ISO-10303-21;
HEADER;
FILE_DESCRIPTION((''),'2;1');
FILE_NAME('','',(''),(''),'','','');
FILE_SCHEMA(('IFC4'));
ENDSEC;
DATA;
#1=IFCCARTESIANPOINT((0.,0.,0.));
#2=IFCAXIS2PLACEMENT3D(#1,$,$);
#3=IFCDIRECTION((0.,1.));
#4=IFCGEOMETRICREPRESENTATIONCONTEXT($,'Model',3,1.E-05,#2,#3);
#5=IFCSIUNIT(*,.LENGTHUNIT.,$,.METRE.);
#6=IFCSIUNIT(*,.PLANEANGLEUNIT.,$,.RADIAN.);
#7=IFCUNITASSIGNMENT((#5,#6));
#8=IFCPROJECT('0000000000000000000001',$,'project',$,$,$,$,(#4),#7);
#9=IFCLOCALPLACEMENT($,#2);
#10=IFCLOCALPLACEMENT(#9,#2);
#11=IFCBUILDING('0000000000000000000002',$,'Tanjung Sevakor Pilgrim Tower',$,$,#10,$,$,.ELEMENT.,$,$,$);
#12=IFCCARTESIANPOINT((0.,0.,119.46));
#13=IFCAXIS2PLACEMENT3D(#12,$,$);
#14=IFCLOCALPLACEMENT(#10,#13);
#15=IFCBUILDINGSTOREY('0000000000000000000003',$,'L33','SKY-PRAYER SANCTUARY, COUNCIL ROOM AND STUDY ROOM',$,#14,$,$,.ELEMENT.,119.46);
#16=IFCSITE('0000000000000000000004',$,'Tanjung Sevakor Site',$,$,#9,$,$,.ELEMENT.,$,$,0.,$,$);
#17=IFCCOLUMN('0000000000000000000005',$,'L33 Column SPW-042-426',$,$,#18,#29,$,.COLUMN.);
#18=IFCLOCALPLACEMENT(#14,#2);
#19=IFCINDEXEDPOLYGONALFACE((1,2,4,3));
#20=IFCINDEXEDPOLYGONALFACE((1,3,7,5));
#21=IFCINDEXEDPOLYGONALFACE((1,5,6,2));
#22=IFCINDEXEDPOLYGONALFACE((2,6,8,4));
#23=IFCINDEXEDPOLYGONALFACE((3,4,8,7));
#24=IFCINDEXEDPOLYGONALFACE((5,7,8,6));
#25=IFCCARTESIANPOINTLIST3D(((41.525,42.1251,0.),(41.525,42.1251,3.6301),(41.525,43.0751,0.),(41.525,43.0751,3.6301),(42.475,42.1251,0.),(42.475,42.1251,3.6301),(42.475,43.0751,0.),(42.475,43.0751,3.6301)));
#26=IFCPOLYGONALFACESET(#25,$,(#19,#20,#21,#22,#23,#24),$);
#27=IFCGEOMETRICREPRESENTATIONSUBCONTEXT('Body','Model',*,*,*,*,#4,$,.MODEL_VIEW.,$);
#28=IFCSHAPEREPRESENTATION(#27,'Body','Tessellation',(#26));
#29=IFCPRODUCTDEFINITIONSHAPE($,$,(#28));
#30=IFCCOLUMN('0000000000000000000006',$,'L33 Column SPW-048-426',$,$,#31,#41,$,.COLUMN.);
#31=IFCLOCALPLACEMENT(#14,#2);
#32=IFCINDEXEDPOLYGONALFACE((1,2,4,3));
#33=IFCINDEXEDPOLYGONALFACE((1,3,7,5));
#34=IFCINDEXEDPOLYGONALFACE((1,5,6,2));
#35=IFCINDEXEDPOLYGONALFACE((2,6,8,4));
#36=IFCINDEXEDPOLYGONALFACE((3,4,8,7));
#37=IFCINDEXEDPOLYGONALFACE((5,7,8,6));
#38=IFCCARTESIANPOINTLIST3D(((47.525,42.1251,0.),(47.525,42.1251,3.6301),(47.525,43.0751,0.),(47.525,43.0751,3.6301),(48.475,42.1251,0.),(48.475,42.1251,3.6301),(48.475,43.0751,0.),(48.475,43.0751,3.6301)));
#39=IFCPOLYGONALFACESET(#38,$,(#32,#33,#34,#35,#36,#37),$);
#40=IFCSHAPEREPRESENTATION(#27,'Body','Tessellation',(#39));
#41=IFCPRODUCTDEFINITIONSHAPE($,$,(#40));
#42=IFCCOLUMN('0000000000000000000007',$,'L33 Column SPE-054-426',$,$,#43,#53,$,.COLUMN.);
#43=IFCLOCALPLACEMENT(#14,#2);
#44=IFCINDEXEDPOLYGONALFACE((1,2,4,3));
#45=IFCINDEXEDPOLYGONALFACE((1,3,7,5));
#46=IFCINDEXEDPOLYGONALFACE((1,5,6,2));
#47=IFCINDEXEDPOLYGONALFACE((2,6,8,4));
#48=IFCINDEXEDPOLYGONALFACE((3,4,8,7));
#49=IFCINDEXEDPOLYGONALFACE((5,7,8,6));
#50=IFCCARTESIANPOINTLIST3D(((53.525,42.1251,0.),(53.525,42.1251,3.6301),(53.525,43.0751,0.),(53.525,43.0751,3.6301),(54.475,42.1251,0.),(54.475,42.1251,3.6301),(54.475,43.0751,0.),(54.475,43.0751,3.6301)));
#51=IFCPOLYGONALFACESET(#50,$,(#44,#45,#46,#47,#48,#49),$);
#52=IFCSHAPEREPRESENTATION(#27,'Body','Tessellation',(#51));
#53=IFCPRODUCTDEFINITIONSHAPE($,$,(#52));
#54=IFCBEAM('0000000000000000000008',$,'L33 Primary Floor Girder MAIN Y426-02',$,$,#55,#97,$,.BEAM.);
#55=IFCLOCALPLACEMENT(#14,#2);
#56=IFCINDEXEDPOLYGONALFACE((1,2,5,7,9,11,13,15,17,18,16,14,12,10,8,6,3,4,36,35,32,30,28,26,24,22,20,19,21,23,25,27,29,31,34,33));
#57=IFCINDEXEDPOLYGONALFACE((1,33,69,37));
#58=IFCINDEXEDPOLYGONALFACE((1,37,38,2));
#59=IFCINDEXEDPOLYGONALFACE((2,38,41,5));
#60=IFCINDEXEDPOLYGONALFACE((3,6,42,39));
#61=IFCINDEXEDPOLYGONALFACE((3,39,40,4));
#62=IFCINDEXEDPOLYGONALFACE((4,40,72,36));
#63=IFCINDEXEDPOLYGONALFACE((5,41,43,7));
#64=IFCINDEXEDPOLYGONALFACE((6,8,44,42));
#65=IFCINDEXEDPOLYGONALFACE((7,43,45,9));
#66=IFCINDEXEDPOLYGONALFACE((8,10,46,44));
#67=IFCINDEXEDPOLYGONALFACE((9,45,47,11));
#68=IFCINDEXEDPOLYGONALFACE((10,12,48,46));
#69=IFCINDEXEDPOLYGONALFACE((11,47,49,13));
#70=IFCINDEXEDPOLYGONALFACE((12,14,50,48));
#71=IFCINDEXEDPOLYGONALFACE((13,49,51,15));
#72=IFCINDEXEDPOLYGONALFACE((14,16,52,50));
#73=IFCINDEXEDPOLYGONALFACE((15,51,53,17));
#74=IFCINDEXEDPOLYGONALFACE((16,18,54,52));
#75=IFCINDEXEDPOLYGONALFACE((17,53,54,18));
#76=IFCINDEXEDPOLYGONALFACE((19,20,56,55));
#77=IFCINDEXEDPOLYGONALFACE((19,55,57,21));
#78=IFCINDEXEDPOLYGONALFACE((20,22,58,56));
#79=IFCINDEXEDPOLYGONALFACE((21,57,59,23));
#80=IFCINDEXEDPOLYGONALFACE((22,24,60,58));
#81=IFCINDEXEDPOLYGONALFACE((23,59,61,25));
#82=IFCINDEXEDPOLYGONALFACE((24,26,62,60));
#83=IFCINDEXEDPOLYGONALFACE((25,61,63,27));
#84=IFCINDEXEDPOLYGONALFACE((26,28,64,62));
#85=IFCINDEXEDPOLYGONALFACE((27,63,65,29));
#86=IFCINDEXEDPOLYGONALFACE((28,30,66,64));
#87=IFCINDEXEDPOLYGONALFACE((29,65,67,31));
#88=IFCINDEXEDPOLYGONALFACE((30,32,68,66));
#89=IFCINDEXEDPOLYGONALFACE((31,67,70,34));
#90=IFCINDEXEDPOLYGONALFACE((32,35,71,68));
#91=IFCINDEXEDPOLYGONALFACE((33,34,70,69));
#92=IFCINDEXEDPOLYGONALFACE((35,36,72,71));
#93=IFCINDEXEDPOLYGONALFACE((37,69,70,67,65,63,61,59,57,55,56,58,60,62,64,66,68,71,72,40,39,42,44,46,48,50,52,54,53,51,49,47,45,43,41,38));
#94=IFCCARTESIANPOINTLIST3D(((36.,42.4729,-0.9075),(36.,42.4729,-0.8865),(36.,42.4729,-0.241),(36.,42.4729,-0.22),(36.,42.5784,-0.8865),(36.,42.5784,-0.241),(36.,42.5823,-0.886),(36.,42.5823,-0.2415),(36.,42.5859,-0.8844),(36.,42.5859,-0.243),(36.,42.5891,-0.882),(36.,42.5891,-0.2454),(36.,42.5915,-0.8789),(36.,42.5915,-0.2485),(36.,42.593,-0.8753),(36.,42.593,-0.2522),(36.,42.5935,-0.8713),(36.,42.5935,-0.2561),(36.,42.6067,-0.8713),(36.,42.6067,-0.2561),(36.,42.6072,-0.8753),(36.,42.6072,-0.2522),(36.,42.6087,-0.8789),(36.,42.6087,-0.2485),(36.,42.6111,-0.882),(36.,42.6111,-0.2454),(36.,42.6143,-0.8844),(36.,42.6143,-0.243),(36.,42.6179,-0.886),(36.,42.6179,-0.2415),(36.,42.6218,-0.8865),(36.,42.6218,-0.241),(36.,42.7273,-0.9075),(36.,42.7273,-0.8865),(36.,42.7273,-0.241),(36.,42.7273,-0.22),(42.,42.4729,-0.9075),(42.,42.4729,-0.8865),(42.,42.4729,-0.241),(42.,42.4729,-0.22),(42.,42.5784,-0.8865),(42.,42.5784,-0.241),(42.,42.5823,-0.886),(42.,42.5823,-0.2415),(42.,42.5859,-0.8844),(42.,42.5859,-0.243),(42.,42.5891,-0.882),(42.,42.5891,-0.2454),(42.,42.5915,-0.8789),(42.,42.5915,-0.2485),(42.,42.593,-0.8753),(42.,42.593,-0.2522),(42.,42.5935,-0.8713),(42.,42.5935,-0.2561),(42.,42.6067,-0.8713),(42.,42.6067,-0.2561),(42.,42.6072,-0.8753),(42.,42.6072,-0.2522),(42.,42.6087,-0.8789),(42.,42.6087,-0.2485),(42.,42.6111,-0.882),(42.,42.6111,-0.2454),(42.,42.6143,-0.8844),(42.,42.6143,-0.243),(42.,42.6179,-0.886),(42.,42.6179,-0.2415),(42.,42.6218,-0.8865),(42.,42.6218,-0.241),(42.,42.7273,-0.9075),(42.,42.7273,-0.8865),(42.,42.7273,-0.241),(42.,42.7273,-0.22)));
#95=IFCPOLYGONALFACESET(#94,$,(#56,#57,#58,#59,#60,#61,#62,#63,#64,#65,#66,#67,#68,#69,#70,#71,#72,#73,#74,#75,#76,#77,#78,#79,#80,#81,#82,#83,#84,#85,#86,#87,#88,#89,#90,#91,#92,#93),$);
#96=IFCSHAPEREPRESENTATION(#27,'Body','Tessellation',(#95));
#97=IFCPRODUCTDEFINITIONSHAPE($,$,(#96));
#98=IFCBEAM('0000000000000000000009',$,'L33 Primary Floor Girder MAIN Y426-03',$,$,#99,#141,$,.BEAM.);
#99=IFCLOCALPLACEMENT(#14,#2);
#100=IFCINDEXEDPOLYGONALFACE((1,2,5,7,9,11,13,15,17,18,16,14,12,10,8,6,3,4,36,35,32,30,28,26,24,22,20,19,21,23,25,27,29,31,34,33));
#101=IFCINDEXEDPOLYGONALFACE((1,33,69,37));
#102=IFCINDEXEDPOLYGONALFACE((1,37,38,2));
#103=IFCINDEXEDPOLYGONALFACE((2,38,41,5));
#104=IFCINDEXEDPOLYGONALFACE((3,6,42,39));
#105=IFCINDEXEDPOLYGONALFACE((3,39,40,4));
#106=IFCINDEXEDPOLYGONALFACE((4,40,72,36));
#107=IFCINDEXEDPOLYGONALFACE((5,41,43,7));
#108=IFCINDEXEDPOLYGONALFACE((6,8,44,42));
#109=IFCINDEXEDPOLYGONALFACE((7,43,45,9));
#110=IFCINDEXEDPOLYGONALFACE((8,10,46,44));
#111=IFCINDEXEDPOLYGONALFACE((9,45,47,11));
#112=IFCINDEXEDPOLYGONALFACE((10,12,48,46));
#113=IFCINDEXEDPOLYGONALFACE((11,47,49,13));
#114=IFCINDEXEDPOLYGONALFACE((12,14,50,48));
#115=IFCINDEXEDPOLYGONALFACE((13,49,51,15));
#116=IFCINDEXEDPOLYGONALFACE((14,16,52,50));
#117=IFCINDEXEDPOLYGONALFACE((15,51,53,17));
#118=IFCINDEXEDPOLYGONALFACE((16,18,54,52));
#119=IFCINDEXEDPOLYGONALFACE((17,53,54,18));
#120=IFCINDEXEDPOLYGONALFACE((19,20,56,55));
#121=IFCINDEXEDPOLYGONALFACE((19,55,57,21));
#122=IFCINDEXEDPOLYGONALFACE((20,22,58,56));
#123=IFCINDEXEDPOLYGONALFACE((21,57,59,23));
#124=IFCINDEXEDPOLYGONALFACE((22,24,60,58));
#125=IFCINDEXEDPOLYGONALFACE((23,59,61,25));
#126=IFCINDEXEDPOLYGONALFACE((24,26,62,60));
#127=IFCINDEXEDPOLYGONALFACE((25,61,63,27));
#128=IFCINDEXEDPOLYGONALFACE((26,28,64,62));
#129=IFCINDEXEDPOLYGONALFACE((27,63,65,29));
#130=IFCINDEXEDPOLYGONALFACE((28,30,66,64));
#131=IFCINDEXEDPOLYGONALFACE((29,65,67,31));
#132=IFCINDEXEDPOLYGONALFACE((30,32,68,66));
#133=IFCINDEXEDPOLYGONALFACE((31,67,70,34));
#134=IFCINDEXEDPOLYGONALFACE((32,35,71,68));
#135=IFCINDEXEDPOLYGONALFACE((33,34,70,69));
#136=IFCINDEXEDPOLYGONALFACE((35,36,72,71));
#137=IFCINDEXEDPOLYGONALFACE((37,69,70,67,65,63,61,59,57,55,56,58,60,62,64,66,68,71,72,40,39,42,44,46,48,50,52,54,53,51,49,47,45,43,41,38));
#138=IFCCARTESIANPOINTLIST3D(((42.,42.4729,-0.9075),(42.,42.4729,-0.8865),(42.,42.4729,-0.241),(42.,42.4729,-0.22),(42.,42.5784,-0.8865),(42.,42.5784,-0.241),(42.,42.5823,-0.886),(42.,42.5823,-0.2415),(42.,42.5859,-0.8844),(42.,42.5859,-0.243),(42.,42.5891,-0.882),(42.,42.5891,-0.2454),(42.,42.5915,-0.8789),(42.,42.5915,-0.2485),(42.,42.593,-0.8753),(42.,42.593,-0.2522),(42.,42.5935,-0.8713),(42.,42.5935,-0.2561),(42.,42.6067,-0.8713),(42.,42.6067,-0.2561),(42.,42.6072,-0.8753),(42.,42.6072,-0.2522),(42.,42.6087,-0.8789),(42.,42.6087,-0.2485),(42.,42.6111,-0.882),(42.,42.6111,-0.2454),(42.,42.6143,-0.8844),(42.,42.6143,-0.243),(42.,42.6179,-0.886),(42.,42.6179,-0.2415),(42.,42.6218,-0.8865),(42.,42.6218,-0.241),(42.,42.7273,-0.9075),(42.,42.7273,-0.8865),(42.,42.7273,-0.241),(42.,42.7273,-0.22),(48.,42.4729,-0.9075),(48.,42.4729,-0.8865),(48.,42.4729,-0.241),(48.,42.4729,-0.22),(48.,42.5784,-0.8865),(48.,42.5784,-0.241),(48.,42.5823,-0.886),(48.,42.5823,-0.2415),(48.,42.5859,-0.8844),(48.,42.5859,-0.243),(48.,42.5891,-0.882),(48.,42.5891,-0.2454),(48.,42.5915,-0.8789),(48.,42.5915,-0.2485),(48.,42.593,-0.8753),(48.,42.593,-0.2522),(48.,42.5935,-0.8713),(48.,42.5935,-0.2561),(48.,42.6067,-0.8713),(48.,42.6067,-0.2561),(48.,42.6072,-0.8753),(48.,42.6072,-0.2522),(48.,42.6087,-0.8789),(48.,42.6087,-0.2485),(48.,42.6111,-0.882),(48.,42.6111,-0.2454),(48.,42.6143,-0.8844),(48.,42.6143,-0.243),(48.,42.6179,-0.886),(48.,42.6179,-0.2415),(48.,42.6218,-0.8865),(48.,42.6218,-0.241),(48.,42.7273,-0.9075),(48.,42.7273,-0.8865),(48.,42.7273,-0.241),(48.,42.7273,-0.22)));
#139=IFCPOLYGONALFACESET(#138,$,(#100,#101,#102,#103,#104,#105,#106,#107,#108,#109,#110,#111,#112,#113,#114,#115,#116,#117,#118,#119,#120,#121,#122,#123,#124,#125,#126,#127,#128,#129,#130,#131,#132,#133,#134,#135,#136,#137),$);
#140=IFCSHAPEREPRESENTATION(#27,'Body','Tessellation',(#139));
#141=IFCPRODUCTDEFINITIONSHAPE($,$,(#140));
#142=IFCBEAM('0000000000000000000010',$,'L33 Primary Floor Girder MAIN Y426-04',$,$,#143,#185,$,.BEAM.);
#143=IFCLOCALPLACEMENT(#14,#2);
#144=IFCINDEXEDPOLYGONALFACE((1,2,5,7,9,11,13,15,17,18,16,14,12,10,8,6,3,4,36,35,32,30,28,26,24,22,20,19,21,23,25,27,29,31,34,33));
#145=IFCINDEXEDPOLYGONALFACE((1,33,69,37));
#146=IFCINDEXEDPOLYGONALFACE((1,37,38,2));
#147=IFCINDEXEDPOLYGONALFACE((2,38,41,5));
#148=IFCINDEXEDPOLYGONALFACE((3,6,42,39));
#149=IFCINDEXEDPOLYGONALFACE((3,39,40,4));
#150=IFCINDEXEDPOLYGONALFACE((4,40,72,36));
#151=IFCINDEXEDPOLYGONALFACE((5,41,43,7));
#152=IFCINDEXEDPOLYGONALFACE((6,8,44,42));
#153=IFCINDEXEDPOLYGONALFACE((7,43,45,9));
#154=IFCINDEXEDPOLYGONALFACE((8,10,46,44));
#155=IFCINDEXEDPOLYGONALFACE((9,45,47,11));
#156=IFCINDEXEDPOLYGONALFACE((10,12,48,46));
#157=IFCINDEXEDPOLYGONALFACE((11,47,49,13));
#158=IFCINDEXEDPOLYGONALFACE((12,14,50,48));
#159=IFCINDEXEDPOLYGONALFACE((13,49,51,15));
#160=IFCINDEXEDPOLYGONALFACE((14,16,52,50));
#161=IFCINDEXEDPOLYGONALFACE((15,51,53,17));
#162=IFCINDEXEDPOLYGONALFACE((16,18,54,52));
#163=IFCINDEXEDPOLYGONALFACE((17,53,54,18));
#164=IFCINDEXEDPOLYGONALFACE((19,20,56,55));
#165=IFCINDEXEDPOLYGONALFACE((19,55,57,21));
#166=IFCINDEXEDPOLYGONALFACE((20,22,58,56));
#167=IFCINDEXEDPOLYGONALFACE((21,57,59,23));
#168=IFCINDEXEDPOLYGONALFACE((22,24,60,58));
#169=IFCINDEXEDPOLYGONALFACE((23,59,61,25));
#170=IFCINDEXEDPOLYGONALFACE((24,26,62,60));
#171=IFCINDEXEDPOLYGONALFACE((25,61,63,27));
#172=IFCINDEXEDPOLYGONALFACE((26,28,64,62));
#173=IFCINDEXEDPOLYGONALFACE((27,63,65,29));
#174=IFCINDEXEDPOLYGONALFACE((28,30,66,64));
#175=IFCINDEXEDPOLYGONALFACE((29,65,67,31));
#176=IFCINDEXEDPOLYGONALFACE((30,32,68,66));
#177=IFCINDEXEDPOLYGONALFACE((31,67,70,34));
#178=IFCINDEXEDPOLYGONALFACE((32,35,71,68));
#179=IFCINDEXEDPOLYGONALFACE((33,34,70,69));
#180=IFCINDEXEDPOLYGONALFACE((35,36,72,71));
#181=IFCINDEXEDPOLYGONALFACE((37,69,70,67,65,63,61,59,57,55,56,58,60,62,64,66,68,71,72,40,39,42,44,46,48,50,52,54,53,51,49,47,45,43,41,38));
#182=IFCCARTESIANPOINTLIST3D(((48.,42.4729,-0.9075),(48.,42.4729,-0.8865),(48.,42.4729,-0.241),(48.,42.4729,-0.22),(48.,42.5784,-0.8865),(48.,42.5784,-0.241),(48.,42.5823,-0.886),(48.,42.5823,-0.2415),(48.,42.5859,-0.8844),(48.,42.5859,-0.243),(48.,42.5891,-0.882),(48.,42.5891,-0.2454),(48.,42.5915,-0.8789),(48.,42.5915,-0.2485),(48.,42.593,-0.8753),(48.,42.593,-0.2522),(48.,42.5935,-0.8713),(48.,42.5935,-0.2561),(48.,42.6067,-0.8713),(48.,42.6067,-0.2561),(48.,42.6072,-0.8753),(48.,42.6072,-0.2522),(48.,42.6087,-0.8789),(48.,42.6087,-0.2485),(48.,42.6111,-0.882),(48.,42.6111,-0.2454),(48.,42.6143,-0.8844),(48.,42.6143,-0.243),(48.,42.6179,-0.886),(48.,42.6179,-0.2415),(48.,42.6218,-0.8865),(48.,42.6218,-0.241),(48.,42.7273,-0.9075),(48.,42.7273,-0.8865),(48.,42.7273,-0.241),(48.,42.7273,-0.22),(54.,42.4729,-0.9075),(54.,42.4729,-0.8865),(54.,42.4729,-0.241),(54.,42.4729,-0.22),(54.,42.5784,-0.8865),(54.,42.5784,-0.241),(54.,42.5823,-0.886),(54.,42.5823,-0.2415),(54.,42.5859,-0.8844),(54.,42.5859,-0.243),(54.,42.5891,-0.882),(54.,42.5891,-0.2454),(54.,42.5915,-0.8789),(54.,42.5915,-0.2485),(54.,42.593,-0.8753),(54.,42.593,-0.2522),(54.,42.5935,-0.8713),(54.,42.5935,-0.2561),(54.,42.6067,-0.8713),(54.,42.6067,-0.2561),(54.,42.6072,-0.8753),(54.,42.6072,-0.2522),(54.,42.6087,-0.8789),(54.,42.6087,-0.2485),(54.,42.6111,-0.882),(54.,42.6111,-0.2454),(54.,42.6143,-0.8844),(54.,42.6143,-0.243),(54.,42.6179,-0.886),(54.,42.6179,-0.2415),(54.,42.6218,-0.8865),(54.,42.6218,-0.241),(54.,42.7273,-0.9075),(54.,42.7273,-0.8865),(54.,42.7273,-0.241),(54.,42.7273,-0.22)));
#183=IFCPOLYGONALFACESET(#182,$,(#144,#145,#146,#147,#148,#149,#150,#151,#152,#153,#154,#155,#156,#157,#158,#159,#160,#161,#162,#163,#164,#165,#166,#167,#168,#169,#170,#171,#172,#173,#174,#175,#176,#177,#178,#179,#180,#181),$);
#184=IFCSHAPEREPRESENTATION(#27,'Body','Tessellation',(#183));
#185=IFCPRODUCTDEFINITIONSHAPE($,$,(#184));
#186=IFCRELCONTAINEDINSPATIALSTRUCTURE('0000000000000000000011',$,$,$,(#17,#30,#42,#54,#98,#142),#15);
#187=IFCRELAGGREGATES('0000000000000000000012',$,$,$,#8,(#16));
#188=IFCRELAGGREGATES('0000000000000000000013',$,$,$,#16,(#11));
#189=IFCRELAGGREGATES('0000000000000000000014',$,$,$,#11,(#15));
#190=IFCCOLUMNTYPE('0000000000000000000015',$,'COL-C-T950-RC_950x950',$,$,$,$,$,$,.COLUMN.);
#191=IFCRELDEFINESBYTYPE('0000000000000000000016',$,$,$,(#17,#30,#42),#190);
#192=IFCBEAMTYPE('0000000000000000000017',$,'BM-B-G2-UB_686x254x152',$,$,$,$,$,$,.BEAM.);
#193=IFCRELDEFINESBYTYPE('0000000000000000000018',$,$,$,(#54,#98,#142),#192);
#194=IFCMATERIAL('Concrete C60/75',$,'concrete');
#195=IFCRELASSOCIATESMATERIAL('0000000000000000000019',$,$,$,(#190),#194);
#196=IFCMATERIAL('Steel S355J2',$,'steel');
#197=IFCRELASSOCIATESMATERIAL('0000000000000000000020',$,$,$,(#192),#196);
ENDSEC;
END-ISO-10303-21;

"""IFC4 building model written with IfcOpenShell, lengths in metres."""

from ifc_helpers import new_model, si_unit, direction, frame, origin, origin_2d, place, context, subcontext, project, spatial, rectangle, i_section, extrude, material, material_profile, profile_set, type_object, element, save


model = new_model("IFC4")

# Units and contexts
model_context = context("Model", 3, precision=1e-05, world=origin(), true_north=direction((0.0, 1.0)))
body_context = subcontext(model_context, "Body", "Model", "MODEL_VIEW")
ifc_project = project(units=[si_unit("LENGTHUNIT", "METRE"), si_unit("PLANEANGLEUNIT", "RADIAN")], contexts=[model_context])

# Site, building, storey
site_placement = place(None, origin())
site = spatial("IfcSite", under=ifc_project, at=site_placement, Name="Tanjung Sevakor Site", CompositionType="ELEMENT", RefElevation=0.0)
building_placement = place(site_placement, origin())
building = spatial("IfcBuilding", under=site, at=building_placement, Name="Tanjung Sevakor Pilgrim Tower", CompositionType="ELEMENT")
storey_placement = place(building_placement, frame((0.0, 0.0, 119.46)))
storey = spatial("IfcBuildingStorey", under=building, at=storey_placement, Name="L33", Description="SKY-PRAYER SANCTUARY, COUNCIL ROOM AND STUDY ROOM", CompositionType="ELEMENT", Elevation=119.46)

# Columns
ifc_material_1 = material(Name="Concrete C60/75", Category="concrete")
ifc_material_profile_1 = material_profile(ifc_material_1, rectangle(XDim=0.95, YDim=0.95, at=origin_2d()))
ifc_profile_set_1 = profile_set([ifc_material_profile_1], Name="Concrete C60/75")
column_type = type_object("IfcColumnType", Name="COL-C-T950-RC_950x950", PredefinedType="COLUMN", material=ifc_profile_set_1)
for number, where, z_axis, x_axis, name in (
    (1, (42.0, 42.6001, 0.0), (0.0, 0.0, 1.0), (1.0, 0.0, 0.0), "L33 Column SPW-042-426"),
    (2, (48.0, 42.6001, 0.0), (0.0, 0.0, 1.0), (1.0, 0.0, 0.0), "L33 Column SPW-048-426"),
    (3, (54.0, 42.6001, 0.0), (0.0, 0.0, 1.0), (1.0, 0.0, 0.0), "L33 Column SPE-054-426"),
):
    element("IfcColumn", number, at=place(storey_placement, frame(where, z_axis=z_axis, x_axis=x_axis)), inside=storey, type_object=column_type, Name=name, PredefinedType="COLUMN", context=body_context, shape_type="SweptSolid", body=[
        extrude(rectangle(XDim=0.95, YDim=0.95, at=origin_2d()), origin(), (0.0, 0.0, 1.0), 3.6301),
    ])

# Beams
ifc_material_2 = material(Name="Steel S355J2", Category="steel")
ifc_material_profile_2 = material_profile(ifc_material_2, i_section(OverallWidth=0.2544, OverallDepth=0.6875, WebThickness=0.0132, FlangeThickness=0.021, FilletRadius=0.0151, at=origin_2d()))
ifc_profile_set_2 = profile_set([ifc_material_profile_2], Name="Steel S355J2")
beam_type_1 = type_object("IfcBeamType", Name="BM-B-G2-UB_686x254x152", PredefinedType="BEAM", material=ifc_profile_set_2)
for number, where, z_axis, x_axis, name in (
    (4, (36.0, 42.6001, -0.5637), (1.0, 0.0, 0.0), (0.0, 1.0, 0.0), "L33 Primary Floor Girder MAIN Y426-02"),
    (5, (42.0, 42.6001, -0.5637), (1.0, 0.0, 0.0), (0.0, 1.0, 0.0), "L33 Primary Floor Girder MAIN Y426-03"),
    (6, (48.0, 42.6001, -0.5637), (1.0, 0.0, 0.0), (0.0, 1.0, 0.0), "L33 Primary Floor Girder MAIN Y426-04"),
):
    element("IfcBeam", number, at=place(storey_placement, frame(where, z_axis=z_axis, x_axis=x_axis)), inside=storey, type_object=beam_type_1, Name=name, PredefinedType="BEAM", context=body_context, shape_type="SweptSolid", body=[
        extrude(i_section(OverallWidth=0.2544, OverallDepth=0.6875, WebThickness=0.0132, FlangeThickness=0.021, FilletRadius=0.0151, at=origin_2d()), origin(), (0.0, 0.0, 1.0), 6.0),
    ])

save(model, "model.ifc")
